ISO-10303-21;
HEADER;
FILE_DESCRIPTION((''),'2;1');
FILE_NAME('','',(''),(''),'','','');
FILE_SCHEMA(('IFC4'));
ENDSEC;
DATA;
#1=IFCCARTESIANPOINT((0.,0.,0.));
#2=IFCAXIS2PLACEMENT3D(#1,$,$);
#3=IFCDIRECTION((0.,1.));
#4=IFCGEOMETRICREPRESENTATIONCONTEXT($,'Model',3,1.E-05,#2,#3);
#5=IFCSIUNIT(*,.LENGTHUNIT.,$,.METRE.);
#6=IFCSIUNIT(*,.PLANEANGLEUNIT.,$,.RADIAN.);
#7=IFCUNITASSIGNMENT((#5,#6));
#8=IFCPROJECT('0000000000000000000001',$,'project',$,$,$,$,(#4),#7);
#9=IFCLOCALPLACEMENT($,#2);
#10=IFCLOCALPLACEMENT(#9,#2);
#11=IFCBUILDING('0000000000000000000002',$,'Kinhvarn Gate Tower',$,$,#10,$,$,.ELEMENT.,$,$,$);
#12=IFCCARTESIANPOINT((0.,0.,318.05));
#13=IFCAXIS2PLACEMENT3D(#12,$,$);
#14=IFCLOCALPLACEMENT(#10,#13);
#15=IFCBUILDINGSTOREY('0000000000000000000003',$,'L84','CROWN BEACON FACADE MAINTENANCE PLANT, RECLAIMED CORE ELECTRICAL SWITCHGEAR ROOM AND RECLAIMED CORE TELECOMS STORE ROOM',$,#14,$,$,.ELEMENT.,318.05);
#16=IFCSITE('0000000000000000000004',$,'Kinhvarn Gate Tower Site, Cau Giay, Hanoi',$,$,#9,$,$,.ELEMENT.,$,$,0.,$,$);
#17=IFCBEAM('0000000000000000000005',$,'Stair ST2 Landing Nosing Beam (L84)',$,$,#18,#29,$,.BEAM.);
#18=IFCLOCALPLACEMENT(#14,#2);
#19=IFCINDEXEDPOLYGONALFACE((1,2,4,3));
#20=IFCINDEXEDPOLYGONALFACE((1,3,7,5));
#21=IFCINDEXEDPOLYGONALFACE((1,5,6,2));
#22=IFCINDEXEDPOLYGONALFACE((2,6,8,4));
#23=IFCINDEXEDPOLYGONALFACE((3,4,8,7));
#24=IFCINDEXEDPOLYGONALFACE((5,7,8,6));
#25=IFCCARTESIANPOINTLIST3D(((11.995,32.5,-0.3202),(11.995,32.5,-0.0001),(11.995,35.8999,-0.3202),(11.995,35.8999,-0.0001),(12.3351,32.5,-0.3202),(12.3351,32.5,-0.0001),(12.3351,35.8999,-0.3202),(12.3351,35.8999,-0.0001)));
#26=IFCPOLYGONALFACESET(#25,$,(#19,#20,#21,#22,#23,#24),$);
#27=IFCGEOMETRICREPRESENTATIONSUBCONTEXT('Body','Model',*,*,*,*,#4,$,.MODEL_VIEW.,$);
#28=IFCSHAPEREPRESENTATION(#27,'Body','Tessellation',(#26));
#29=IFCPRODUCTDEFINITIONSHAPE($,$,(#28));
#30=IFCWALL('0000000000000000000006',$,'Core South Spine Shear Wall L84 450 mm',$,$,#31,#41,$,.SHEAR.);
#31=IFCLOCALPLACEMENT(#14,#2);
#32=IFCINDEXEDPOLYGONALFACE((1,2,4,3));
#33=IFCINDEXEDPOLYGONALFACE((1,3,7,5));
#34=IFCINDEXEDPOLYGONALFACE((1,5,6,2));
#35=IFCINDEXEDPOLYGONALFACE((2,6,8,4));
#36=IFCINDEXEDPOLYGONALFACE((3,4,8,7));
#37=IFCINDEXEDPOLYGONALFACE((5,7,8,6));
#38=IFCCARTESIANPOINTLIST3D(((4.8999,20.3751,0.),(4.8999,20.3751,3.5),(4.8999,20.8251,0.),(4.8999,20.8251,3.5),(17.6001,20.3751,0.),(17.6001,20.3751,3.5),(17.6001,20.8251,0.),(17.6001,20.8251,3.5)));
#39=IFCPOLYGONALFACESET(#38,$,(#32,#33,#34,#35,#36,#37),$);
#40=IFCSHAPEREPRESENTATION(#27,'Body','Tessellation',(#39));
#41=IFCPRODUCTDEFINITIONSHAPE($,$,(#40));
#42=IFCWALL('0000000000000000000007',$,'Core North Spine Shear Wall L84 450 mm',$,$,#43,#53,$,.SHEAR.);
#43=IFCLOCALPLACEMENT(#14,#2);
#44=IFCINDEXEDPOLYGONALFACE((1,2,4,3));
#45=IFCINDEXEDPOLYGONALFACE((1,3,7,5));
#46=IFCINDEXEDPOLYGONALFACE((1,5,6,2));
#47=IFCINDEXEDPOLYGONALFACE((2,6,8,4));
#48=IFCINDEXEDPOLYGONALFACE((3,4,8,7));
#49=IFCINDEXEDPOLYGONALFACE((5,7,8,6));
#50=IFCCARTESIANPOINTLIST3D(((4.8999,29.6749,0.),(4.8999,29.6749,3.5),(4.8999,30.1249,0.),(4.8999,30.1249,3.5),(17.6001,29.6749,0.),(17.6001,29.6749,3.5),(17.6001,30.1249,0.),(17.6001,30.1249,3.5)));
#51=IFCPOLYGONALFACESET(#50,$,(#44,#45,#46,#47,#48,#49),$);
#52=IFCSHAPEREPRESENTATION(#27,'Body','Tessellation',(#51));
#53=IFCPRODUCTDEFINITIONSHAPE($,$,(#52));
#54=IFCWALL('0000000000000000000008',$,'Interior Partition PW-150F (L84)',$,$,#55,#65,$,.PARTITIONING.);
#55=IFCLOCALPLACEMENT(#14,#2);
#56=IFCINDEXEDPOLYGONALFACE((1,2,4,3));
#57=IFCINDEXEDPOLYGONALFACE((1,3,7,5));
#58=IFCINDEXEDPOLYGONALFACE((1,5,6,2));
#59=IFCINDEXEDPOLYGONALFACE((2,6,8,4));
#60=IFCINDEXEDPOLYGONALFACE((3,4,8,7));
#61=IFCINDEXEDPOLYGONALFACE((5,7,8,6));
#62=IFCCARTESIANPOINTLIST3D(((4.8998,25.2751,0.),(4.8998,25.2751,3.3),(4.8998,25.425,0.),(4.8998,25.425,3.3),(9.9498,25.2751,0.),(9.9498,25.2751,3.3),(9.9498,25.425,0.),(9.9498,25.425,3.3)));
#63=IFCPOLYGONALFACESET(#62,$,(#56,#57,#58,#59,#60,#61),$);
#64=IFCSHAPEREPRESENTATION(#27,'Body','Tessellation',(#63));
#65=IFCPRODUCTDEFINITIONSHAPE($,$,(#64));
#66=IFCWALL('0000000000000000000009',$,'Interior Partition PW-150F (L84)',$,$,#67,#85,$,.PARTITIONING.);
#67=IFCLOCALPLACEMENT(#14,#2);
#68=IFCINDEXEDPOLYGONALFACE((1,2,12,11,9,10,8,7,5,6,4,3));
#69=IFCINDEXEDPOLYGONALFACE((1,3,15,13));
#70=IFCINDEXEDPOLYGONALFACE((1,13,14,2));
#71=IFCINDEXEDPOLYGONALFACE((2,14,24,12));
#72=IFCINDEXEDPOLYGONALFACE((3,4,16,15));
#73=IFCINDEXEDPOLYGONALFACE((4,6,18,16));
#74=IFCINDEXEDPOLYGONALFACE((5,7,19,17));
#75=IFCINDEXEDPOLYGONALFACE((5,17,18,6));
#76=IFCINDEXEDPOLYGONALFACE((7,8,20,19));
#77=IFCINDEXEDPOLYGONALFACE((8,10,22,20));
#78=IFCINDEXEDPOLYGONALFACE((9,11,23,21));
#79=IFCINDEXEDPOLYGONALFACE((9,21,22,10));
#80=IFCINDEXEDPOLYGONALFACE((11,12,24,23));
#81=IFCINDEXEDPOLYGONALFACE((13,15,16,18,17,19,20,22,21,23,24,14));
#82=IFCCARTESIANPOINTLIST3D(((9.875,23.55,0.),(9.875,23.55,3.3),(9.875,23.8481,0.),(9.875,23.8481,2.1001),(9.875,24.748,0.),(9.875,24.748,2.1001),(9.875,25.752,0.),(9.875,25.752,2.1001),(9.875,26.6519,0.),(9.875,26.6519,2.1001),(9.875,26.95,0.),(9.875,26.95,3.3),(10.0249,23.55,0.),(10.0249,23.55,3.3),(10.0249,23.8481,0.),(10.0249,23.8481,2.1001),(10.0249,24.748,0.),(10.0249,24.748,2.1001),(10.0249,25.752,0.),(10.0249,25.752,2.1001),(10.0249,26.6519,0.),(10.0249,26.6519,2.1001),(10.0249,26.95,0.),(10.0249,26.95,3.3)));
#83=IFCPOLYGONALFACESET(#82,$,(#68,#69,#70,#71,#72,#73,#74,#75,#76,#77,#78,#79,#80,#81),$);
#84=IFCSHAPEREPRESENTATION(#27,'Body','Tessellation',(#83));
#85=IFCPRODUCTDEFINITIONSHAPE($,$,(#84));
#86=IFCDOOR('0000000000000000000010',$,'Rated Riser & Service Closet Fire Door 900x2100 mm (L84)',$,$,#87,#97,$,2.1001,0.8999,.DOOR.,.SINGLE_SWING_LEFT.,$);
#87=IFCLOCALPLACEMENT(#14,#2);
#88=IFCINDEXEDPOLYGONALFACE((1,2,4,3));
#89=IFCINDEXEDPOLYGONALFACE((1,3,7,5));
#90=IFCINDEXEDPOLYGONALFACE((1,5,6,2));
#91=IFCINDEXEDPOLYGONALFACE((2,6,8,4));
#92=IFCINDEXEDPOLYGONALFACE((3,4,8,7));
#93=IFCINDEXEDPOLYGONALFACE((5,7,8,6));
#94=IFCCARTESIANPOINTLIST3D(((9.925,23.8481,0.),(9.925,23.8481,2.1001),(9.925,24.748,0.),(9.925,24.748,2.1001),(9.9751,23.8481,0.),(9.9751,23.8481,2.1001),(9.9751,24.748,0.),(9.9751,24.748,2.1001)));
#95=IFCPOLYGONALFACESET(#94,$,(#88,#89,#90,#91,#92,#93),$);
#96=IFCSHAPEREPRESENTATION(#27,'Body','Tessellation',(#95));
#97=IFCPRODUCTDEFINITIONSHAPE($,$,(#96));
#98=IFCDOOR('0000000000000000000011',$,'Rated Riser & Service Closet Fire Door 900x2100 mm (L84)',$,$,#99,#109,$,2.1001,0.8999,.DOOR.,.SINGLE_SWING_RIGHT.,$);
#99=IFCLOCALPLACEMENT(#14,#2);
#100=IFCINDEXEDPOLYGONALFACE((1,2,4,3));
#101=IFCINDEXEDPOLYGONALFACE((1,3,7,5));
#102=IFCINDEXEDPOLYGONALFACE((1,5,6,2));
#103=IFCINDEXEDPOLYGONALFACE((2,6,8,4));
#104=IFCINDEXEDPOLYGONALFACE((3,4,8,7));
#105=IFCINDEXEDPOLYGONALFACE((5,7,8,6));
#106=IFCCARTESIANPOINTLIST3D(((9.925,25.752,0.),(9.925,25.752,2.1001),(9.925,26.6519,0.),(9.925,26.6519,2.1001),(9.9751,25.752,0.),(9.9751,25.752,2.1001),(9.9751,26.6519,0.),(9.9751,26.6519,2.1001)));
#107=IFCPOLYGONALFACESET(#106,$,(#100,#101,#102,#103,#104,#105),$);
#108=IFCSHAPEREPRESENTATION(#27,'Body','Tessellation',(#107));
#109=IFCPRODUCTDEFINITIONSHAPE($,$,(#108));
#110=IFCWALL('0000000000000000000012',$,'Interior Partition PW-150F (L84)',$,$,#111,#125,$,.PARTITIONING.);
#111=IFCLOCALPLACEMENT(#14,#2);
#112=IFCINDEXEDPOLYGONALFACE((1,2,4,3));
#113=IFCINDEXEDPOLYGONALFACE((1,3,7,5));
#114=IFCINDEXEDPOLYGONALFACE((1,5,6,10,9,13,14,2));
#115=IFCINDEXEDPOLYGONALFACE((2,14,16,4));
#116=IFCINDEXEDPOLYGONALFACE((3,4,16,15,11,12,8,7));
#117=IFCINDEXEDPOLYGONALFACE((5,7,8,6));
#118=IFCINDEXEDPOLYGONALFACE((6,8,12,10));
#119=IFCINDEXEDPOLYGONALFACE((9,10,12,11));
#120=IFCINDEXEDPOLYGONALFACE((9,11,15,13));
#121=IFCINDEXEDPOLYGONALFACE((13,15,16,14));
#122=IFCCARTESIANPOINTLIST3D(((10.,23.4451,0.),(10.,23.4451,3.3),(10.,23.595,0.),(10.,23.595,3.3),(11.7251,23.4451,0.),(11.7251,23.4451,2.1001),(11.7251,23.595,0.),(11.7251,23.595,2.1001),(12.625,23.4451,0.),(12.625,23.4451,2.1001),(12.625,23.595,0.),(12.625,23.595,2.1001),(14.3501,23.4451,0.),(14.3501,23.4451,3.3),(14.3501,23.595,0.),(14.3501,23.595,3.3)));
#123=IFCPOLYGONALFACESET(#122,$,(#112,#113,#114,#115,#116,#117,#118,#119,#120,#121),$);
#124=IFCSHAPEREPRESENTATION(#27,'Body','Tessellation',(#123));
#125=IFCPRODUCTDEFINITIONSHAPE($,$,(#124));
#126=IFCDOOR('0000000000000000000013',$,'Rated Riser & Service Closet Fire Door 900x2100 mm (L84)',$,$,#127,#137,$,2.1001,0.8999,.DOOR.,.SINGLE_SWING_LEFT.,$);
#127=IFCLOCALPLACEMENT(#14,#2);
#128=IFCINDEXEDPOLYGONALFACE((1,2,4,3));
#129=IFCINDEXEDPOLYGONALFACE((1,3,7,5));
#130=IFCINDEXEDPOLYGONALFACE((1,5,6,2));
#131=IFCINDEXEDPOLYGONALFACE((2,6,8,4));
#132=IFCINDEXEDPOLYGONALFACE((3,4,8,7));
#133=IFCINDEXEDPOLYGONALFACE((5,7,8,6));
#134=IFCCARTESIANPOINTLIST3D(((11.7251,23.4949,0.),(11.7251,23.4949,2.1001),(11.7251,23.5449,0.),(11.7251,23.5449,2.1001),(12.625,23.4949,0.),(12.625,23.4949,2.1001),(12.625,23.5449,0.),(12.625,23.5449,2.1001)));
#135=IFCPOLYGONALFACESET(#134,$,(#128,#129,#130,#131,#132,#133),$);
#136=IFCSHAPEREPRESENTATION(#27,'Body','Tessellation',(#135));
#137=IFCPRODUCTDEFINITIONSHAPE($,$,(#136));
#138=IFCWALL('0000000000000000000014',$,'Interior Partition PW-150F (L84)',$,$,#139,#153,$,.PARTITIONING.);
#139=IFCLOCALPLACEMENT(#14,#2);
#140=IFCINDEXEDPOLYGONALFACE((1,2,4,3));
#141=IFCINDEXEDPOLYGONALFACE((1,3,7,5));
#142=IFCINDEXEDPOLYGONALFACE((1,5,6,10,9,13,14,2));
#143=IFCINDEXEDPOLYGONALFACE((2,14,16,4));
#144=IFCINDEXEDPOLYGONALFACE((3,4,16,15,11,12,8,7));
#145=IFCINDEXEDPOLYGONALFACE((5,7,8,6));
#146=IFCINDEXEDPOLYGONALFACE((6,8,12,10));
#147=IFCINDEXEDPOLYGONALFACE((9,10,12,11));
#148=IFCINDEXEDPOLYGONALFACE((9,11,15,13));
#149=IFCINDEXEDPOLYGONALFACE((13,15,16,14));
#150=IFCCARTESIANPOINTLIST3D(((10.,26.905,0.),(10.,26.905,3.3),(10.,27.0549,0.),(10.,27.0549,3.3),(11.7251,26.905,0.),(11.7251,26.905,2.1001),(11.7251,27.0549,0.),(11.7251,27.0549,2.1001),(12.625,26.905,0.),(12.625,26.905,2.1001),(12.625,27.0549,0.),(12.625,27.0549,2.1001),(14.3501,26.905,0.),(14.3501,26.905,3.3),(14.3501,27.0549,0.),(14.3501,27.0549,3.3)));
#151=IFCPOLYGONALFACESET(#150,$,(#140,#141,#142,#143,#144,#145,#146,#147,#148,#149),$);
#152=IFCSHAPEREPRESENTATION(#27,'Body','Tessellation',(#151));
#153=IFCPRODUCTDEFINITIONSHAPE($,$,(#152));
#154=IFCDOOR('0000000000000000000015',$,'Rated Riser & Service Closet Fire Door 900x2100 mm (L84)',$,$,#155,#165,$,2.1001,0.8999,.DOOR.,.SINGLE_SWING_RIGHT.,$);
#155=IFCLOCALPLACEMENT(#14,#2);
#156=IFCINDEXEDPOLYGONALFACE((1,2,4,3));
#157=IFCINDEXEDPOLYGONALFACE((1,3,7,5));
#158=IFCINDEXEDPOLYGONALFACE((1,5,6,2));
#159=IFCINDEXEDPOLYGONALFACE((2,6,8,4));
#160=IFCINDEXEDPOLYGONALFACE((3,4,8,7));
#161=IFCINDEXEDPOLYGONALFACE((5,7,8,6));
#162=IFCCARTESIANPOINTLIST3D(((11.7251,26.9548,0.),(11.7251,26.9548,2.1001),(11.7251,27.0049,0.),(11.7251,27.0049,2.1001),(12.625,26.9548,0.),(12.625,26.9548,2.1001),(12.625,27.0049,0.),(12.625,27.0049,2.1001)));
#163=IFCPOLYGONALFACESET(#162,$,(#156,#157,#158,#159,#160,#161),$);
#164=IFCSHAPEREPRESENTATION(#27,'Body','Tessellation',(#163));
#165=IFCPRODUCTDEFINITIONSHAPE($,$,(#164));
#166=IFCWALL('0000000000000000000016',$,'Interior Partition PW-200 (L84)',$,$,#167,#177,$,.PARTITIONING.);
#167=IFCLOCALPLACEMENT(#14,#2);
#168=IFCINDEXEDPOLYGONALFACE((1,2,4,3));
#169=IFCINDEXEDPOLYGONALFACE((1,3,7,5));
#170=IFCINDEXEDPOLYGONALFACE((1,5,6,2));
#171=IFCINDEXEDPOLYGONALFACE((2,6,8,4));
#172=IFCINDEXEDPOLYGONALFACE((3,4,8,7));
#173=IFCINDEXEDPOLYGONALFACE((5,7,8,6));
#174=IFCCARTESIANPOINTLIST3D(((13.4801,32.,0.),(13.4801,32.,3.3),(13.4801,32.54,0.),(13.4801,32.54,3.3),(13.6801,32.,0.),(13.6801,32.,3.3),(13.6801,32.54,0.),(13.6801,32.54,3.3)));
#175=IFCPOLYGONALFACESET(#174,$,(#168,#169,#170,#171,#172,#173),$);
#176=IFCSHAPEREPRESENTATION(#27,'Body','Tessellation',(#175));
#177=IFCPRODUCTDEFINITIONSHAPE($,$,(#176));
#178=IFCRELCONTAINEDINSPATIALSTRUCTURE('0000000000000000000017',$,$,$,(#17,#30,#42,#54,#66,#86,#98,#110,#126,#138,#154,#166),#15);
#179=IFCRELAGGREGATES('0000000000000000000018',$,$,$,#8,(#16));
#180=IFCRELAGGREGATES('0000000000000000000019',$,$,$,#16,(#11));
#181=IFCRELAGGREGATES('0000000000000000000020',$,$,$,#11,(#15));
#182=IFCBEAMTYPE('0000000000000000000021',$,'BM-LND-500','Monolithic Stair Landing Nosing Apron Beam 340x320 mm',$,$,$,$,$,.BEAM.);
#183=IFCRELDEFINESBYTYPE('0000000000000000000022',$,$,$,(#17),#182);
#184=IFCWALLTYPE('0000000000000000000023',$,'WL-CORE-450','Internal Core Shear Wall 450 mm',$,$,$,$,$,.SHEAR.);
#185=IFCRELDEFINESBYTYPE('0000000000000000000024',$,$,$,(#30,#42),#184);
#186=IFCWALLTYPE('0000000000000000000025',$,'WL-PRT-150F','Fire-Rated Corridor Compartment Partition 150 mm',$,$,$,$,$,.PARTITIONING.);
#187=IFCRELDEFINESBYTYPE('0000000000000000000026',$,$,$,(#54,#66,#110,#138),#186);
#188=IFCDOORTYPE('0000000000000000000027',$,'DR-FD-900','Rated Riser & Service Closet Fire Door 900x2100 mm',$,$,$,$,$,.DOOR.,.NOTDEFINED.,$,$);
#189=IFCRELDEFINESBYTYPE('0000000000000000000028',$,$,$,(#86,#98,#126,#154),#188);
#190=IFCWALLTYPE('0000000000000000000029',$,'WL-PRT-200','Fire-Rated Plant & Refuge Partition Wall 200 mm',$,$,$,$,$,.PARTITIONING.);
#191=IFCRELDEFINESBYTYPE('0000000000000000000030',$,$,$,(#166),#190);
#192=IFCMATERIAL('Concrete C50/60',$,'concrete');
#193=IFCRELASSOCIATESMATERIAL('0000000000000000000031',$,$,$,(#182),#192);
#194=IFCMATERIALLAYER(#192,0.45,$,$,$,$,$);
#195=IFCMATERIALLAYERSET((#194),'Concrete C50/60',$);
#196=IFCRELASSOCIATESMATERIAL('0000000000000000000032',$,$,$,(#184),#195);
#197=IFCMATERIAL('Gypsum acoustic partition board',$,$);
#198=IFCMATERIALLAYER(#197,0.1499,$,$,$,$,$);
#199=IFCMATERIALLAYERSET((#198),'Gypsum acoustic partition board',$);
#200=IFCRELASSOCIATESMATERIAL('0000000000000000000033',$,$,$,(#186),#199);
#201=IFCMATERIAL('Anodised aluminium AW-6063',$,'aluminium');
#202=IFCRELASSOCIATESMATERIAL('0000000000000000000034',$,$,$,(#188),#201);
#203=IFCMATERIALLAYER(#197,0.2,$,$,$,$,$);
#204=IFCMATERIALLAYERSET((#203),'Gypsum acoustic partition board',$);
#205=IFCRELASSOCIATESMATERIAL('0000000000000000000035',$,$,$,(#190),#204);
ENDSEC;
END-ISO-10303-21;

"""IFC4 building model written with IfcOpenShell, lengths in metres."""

from ifc_helpers import new_model, si_unit, direction, frame, frame_2d, origin, origin_2d, place, context, subcontext, project, spatial, rectangle, extrude, material, layer, layer_set, material_profile, profile_set, type_object, element, fill, save


model = new_model("IFC4")

# Units and contexts
model_context = context("Model", 3, precision=1e-05, world=origin(), true_north=direction((0.0, 1.0)))
body_context = subcontext(model_context, "Body", "Model", "MODEL_VIEW")
ifc_project = project(units=[si_unit("LENGTHUNIT", "METRE"), si_unit("PLANEANGLEUNIT", "RADIAN")], contexts=[model_context])

# Site, building, storey
site_placement = place(None, origin())
site = spatial("IfcSite", under=ifc_project, at=site_placement, Name="Kinhvarn Gate Tower Site, Cau Giay, Hanoi", CompositionType="ELEMENT", RefElevation=0.0)
building_placement = place(site_placement, origin())
building = spatial("IfcBuilding", under=site, at=building_placement, Name="Kinhvarn Gate Tower", CompositionType="ELEMENT")
storey_placement = place(building_placement, frame((0.0, 0.0, 318.05)))
storey = spatial("IfcBuildingStorey", under=building, at=storey_placement, Name="L84", Description="CROWN BEACON FACADE MAINTENANCE PLANT, RECLAIMED CORE ELECTRICAL SWITCHGEAR ROOM AND RECLAIMED CORE TELECOMS STORE ROOM", CompositionType="ELEMENT", Elevation=318.05)

# Beam
ifc_material_1 = material(Name="Concrete C50/60", Category="concrete")
ifc_material_profile = material_profile(ifc_material_1, rectangle(XDim=0.3401, YDim=0.3201, at=origin_2d()), Name="RC 340x320")
ifc_profile_set = profile_set([ifc_material_profile], Name="Concrete C50/60")
beam_type = type_object("IfcBeamType", Name="BM-LND-500", Description="Monolithic Stair Landing Nosing Apron Beam 340x320 mm", PredefinedType="BEAM", material=ifc_profile_set)
beam_placement = place(storey_placement, frame((12.165, 32.5, -0.1602), z_axis=(0.0, 1.0, 0.0), x_axis=(-1.0, 0.0, 0.0)))
element("IfcBeam", 1, at=beam_placement, inside=storey, type_object=beam_type, Name="Stair ST2 Landing Nosing Beam (L84)", PredefinedType="BEAM", context=body_context, shape_type="SweptSolid", body=[
    extrude(rectangle(XDim=0.3401, YDim=0.3201, at=origin_2d()), origin(), (0.0, 0.0, 1.0), 3.3999),
])

# Walls
ifc_layer_1 = layer(ifc_material_1, 0.45)
ifc_layer_set_1 = layer_set([ifc_layer_1], Name="Concrete C50/60")
wall_type_1 = type_object("IfcWallType", Name="WL-CORE-450", Description="Internal Core Shear Wall 450 mm", PredefinedType="SHEAR", material=ifc_layer_set_1)
for number, where, z_axis, x_axis, name in (
    (2, (4.8999, 20.6001, 0.0), (0.0, 0.0, 1.0), (1.0, 0.0, 0.0), "Core South Spine Shear Wall L84 450 mm"),
    (3, (4.8999, 29.8999, 0.0), (0.0, 0.0, 1.0), (1.0, 0.0, 0.0), "Core North Spine Shear Wall L84 450 mm"),
):
    element("IfcWall", number, at=place(storey_placement, frame(where, z_axis=z_axis, x_axis=x_axis)), inside=storey, type_object=wall_type_1, Name=name, PredefinedType="SHEAR", context=body_context, shape_type="SweptSolid", body=[
        extrude(rectangle(XDim=12.7002, YDim=0.45, at=frame_2d((6.3501, 0.0))), origin(), (0.0, 0.0, 1.0), 3.5),
    ])
ifc_material_2 = material(Name="Gypsum acoustic partition board")
ifc_layer_2 = layer(ifc_material_2, 0.1499)
ifc_layer_set_2 = layer_set([ifc_layer_2], Name="Gypsum acoustic partition board")
wall_type_2 = type_object("IfcWallType", Name="WL-PRT-150F", Description="Fire-Rated Corridor Compartment Partition 150 mm", PredefinedType="PARTITIONING", material=ifc_layer_set_2)
wall_1_placement = place(storey_placement, frame((4.8999, 25.3501, 0.0), z_axis=(0.0, 0.0, 1.0), x_axis=(1.0, 0.0, 0.0)))
element("IfcWall", 4, at=wall_1_placement, inside=storey, type_object=wall_type_2, Name="Interior Partition PW-150F (L84)", PredefinedType="PARTITIONING", context=body_context, shape_type="SweptSolid", body=[
    extrude(rectangle(XDim=5.05, YDim=0.1499, at=frame_2d((2.5249, 0.0))), origin(), (0.0, 0.0, 1.0), 3.3),
])

# Wall, openings, doors
wall_2_placement = place(storey_placement, frame((9.95, 23.55, 0.0), z_axis=(0.0, 0.0, 1.0), x_axis=(0.0, 1.0, 0.0)))
wall_2 = element("IfcWall", 5, at=wall_2_placement, inside=storey, type_object=wall_type_2, Name="Interior Partition PW-150F (L84)", PredefinedType="PARTITIONING", context=body_context, shape_type="SweptSolid", body=[
    extrude(rectangle(XDim=3.3999, YDim=0.1499, at=frame_2d((1.7, 0.0))), origin(), (0.0, 0.0, 1.0), 3.3),
])
opening_1_placement = place(wall_2_placement, frame((0.2981, 0.0, 0.0)))
opening_1 = element("IfcOpeningElement", 6, at=opening_1_placement, cuts=wall_2, PredefinedType="OPENING", context=body_context, shape_type="SweptSolid", body=[
    extrude(rectangle(XDim=0.8999, YDim=2.1001, at=frame_2d((0.45, 1.05))), frame((0.0, 0.085, 0.0), z_axis=(0.0, -1.0, 0.0), x_axis=(1.0, 0.0, 0.0)), (0.0, 0.0, 1.0), 0.1699),
])
opening_2_placement = place(wall_2_placement, frame((2.2019, 0.0, 0.0)))
opening_2 = element("IfcOpeningElement", 7, at=opening_2_placement, cuts=wall_2, PredefinedType="OPENING", context=body_context, shape_type="SweptSolid", body=[
    extrude(rectangle(XDim=0.8999, YDim=2.1001, at=frame_2d((0.45, 1.05))), frame((0.0, 0.085, 0.0), z_axis=(0.0, -1.0, 0.0), x_axis=(1.0, 0.0, 0.0)), (0.0, 0.0, 1.0), 0.1699),
])
ifc_material_3 = material(Name="Anodised aluminium AW-6063", Category="aluminium")
door_type_1 = type_object("IfcDoorType", Name="DR-FD-900", Description="Rated Riser & Service Closet Fire Door 900x2100 mm", OperationType="NOTDEFINED", PredefinedType="DOOR", material=ifc_material_3)
door_1_placement = place(opening_1_placement, origin())
door_1 = element("IfcDoor", 8, at=door_1_placement, inside=storey, type_object=door_type_1, Name="Rated Riser & Service Closet Fire Door 900x2100 mm (L84)", OperationType="SINGLE_SWING_LEFT", OverallHeight=2.1001, OverallWidth=0.8999, PredefinedType="DOOR", context=body_context, shape_type="SweptSolid", body=[
    extrude(rectangle(XDim=0.8999, YDim=2.1001, at=frame_2d((0.45, 1.05))), frame((0.0, 0.0249, 0.0), z_axis=(0.0, -1.0, 0.0), x_axis=(1.0, 0.0, 0.0)), (0.0, 0.0, 1.0), 0.05),
])
fill(opening_1, door_1)
door_2_placement = place(opening_2_placement, origin())
door_2 = element("IfcDoor", 9, at=door_2_placement, inside=storey, type_object=door_type_1, Name="Rated Riser & Service Closet Fire Door 900x2100 mm (L84)", OperationType="SINGLE_SWING_RIGHT", OverallHeight=2.1001, OverallWidth=0.8999, PredefinedType="DOOR", context=body_context, shape_type="SweptSolid", body=[
    extrude(rectangle(XDim=0.8999, YDim=2.1001, at=frame_2d((0.45, 1.05))), frame((0.0, 0.0249, 0.0), z_axis=(0.0, -1.0, 0.0), x_axis=(1.0, 0.0, 0.0)), (0.0, 0.0, 1.0), 0.05),
])
fill(opening_2, door_2)

# Walls, openings, doors
wall_3_placement = place(storey_placement, frame((10.0, 23.52, 0.0), z_axis=(0.0, 0.0, 1.0), x_axis=(1.0, 0.0, 0.0)))
wall_3 = element("IfcWall", 10, at=wall_3_placement, inside=storey, type_object=wall_type_2, Name="Interior Partition PW-150F (L84)", PredefinedType="PARTITIONING", context=body_context, shape_type="SweptSolid", body=[
    extrude(rectangle(XDim=4.3501, YDim=0.1499, at=frame_2d((2.175, 0.0))), origin(), (0.0, 0.0, 1.0), 3.3),
])
opening_3_placement = place(wall_3_placement, frame((1.7251, 0.0, 0.0)))
opening_3 = element("IfcOpeningElement", 11, at=opening_3_placement, cuts=wall_3, PredefinedType="OPENING", context=body_context, shape_type="SweptSolid", body=[
    extrude(rectangle(XDim=0.8999, YDim=2.1001, at=frame_2d((0.45, 1.05))), frame((0.0, 0.085, 0.0), z_axis=(0.0, -1.0, 0.0), x_axis=(1.0, 0.0, 0.0)), (0.0, 0.0, 1.0), 0.1699),
])
door_3_placement = place(opening_3_placement, origin())
door_3 = element("IfcDoor", 12, at=door_3_placement, inside=storey, type_object=door_type_1, Name="Rated Riser & Service Closet Fire Door 900x2100 mm (L84)", OperationType="SINGLE_SWING_LEFT", OverallHeight=2.1001, OverallWidth=0.8999, PredefinedType="DOOR", context=body_context, shape_type="SweptSolid", body=[
    extrude(rectangle(XDim=0.8999, YDim=2.1001, at=frame_2d((0.45, 1.05))), frame((0.0, 0.0249, 0.0), z_axis=(0.0, -1.0, 0.0), x_axis=(1.0, 0.0, 0.0)), (0.0, 0.0, 1.0), 0.05),
])
fill(opening_3, door_3)
wall_4_placement = place(storey_placement, frame((10.0, 26.98, 0.0), z_axis=(0.0, 0.0, 1.0), x_axis=(1.0, 0.0, 0.0)))
wall_4 = element("IfcWall", 13, at=wall_4_placement, inside=storey, type_object=wall_type_2, Name="Interior Partition PW-150F (L84)", PredefinedType="PARTITIONING", context=body_context, shape_type="SweptSolid", body=[
    extrude(rectangle(XDim=4.3501, YDim=0.1499, at=frame_2d((2.175, 0.0))), origin(), (0.0, 0.0, 1.0), 3.3),
])
opening_4_placement = place(wall_4_placement, frame((1.7251, 0.0, 0.0)))
opening_4 = element("IfcOpeningElement", 14, at=opening_4_placement, cuts=wall_4, PredefinedType="OPENING", context=body_context, shape_type="SweptSolid", body=[
    extrude(rectangle(XDim=0.8999, YDim=2.1001, at=frame_2d((0.45, 1.05))), frame((0.0, 0.085, 0.0), z_axis=(0.0, -1.0, 0.0), x_axis=(1.0, 0.0, 0.0)), (0.0, 0.0, 1.0), 0.1699),
])
door_4_placement = place(opening_4_placement, origin())
door_4 = element("IfcDoor", 15, at=door_4_placement, inside=storey, type_object=door_type_1, Name="Rated Riser & Service Closet Fire Door 900x2100 mm (L84)", OperationType="SINGLE_SWING_RIGHT", OverallHeight=2.1001, OverallWidth=0.8999, PredefinedType="DOOR", context=body_context, shape_type="SweptSolid", body=[
    extrude(rectangle(XDim=0.8999, YDim=2.1001, at=frame_2d((0.45, 1.05))), frame((0.0, 0.0249, 0.0), z_axis=(0.0, -1.0, 0.0), x_axis=(1.0, 0.0, 0.0)), (0.0, 0.0, 1.0), 0.05),
])
fill(opening_4, door_4)

# Wall
ifc_layer_3 = layer(ifc_material_2, 0.2)
ifc_layer_set_3 = layer_set([ifc_layer_3], Name="Gypsum acoustic partition board")
wall_type_3 = type_object("IfcWallType", Name="WL-PRT-200", Description="Fire-Rated Plant & Refuge Partition Wall 200 mm", PredefinedType="PARTITIONING", material=ifc_layer_set_3)
wall_5_placement = place(storey_placement, frame((13.5801, 32.0, 0.0), z_axis=(0.0, 0.0, 1.0), x_axis=(0.0, 1.0, 0.0)))
element("IfcWall", 16, at=wall_5_placement, inside=storey, type_object=wall_type_3, Name="Interior Partition PW-200 (L84)", PredefinedType="PARTITIONING", context=body_context, shape_type="SweptSolid", body=[
    extrude(rectangle(XDim=0.54, YDim=0.2, at=frame_2d((0.27, 0.0))), origin(), (0.0, 0.0, 1.0), 3.3),
])

save(model, "model.ifc")
